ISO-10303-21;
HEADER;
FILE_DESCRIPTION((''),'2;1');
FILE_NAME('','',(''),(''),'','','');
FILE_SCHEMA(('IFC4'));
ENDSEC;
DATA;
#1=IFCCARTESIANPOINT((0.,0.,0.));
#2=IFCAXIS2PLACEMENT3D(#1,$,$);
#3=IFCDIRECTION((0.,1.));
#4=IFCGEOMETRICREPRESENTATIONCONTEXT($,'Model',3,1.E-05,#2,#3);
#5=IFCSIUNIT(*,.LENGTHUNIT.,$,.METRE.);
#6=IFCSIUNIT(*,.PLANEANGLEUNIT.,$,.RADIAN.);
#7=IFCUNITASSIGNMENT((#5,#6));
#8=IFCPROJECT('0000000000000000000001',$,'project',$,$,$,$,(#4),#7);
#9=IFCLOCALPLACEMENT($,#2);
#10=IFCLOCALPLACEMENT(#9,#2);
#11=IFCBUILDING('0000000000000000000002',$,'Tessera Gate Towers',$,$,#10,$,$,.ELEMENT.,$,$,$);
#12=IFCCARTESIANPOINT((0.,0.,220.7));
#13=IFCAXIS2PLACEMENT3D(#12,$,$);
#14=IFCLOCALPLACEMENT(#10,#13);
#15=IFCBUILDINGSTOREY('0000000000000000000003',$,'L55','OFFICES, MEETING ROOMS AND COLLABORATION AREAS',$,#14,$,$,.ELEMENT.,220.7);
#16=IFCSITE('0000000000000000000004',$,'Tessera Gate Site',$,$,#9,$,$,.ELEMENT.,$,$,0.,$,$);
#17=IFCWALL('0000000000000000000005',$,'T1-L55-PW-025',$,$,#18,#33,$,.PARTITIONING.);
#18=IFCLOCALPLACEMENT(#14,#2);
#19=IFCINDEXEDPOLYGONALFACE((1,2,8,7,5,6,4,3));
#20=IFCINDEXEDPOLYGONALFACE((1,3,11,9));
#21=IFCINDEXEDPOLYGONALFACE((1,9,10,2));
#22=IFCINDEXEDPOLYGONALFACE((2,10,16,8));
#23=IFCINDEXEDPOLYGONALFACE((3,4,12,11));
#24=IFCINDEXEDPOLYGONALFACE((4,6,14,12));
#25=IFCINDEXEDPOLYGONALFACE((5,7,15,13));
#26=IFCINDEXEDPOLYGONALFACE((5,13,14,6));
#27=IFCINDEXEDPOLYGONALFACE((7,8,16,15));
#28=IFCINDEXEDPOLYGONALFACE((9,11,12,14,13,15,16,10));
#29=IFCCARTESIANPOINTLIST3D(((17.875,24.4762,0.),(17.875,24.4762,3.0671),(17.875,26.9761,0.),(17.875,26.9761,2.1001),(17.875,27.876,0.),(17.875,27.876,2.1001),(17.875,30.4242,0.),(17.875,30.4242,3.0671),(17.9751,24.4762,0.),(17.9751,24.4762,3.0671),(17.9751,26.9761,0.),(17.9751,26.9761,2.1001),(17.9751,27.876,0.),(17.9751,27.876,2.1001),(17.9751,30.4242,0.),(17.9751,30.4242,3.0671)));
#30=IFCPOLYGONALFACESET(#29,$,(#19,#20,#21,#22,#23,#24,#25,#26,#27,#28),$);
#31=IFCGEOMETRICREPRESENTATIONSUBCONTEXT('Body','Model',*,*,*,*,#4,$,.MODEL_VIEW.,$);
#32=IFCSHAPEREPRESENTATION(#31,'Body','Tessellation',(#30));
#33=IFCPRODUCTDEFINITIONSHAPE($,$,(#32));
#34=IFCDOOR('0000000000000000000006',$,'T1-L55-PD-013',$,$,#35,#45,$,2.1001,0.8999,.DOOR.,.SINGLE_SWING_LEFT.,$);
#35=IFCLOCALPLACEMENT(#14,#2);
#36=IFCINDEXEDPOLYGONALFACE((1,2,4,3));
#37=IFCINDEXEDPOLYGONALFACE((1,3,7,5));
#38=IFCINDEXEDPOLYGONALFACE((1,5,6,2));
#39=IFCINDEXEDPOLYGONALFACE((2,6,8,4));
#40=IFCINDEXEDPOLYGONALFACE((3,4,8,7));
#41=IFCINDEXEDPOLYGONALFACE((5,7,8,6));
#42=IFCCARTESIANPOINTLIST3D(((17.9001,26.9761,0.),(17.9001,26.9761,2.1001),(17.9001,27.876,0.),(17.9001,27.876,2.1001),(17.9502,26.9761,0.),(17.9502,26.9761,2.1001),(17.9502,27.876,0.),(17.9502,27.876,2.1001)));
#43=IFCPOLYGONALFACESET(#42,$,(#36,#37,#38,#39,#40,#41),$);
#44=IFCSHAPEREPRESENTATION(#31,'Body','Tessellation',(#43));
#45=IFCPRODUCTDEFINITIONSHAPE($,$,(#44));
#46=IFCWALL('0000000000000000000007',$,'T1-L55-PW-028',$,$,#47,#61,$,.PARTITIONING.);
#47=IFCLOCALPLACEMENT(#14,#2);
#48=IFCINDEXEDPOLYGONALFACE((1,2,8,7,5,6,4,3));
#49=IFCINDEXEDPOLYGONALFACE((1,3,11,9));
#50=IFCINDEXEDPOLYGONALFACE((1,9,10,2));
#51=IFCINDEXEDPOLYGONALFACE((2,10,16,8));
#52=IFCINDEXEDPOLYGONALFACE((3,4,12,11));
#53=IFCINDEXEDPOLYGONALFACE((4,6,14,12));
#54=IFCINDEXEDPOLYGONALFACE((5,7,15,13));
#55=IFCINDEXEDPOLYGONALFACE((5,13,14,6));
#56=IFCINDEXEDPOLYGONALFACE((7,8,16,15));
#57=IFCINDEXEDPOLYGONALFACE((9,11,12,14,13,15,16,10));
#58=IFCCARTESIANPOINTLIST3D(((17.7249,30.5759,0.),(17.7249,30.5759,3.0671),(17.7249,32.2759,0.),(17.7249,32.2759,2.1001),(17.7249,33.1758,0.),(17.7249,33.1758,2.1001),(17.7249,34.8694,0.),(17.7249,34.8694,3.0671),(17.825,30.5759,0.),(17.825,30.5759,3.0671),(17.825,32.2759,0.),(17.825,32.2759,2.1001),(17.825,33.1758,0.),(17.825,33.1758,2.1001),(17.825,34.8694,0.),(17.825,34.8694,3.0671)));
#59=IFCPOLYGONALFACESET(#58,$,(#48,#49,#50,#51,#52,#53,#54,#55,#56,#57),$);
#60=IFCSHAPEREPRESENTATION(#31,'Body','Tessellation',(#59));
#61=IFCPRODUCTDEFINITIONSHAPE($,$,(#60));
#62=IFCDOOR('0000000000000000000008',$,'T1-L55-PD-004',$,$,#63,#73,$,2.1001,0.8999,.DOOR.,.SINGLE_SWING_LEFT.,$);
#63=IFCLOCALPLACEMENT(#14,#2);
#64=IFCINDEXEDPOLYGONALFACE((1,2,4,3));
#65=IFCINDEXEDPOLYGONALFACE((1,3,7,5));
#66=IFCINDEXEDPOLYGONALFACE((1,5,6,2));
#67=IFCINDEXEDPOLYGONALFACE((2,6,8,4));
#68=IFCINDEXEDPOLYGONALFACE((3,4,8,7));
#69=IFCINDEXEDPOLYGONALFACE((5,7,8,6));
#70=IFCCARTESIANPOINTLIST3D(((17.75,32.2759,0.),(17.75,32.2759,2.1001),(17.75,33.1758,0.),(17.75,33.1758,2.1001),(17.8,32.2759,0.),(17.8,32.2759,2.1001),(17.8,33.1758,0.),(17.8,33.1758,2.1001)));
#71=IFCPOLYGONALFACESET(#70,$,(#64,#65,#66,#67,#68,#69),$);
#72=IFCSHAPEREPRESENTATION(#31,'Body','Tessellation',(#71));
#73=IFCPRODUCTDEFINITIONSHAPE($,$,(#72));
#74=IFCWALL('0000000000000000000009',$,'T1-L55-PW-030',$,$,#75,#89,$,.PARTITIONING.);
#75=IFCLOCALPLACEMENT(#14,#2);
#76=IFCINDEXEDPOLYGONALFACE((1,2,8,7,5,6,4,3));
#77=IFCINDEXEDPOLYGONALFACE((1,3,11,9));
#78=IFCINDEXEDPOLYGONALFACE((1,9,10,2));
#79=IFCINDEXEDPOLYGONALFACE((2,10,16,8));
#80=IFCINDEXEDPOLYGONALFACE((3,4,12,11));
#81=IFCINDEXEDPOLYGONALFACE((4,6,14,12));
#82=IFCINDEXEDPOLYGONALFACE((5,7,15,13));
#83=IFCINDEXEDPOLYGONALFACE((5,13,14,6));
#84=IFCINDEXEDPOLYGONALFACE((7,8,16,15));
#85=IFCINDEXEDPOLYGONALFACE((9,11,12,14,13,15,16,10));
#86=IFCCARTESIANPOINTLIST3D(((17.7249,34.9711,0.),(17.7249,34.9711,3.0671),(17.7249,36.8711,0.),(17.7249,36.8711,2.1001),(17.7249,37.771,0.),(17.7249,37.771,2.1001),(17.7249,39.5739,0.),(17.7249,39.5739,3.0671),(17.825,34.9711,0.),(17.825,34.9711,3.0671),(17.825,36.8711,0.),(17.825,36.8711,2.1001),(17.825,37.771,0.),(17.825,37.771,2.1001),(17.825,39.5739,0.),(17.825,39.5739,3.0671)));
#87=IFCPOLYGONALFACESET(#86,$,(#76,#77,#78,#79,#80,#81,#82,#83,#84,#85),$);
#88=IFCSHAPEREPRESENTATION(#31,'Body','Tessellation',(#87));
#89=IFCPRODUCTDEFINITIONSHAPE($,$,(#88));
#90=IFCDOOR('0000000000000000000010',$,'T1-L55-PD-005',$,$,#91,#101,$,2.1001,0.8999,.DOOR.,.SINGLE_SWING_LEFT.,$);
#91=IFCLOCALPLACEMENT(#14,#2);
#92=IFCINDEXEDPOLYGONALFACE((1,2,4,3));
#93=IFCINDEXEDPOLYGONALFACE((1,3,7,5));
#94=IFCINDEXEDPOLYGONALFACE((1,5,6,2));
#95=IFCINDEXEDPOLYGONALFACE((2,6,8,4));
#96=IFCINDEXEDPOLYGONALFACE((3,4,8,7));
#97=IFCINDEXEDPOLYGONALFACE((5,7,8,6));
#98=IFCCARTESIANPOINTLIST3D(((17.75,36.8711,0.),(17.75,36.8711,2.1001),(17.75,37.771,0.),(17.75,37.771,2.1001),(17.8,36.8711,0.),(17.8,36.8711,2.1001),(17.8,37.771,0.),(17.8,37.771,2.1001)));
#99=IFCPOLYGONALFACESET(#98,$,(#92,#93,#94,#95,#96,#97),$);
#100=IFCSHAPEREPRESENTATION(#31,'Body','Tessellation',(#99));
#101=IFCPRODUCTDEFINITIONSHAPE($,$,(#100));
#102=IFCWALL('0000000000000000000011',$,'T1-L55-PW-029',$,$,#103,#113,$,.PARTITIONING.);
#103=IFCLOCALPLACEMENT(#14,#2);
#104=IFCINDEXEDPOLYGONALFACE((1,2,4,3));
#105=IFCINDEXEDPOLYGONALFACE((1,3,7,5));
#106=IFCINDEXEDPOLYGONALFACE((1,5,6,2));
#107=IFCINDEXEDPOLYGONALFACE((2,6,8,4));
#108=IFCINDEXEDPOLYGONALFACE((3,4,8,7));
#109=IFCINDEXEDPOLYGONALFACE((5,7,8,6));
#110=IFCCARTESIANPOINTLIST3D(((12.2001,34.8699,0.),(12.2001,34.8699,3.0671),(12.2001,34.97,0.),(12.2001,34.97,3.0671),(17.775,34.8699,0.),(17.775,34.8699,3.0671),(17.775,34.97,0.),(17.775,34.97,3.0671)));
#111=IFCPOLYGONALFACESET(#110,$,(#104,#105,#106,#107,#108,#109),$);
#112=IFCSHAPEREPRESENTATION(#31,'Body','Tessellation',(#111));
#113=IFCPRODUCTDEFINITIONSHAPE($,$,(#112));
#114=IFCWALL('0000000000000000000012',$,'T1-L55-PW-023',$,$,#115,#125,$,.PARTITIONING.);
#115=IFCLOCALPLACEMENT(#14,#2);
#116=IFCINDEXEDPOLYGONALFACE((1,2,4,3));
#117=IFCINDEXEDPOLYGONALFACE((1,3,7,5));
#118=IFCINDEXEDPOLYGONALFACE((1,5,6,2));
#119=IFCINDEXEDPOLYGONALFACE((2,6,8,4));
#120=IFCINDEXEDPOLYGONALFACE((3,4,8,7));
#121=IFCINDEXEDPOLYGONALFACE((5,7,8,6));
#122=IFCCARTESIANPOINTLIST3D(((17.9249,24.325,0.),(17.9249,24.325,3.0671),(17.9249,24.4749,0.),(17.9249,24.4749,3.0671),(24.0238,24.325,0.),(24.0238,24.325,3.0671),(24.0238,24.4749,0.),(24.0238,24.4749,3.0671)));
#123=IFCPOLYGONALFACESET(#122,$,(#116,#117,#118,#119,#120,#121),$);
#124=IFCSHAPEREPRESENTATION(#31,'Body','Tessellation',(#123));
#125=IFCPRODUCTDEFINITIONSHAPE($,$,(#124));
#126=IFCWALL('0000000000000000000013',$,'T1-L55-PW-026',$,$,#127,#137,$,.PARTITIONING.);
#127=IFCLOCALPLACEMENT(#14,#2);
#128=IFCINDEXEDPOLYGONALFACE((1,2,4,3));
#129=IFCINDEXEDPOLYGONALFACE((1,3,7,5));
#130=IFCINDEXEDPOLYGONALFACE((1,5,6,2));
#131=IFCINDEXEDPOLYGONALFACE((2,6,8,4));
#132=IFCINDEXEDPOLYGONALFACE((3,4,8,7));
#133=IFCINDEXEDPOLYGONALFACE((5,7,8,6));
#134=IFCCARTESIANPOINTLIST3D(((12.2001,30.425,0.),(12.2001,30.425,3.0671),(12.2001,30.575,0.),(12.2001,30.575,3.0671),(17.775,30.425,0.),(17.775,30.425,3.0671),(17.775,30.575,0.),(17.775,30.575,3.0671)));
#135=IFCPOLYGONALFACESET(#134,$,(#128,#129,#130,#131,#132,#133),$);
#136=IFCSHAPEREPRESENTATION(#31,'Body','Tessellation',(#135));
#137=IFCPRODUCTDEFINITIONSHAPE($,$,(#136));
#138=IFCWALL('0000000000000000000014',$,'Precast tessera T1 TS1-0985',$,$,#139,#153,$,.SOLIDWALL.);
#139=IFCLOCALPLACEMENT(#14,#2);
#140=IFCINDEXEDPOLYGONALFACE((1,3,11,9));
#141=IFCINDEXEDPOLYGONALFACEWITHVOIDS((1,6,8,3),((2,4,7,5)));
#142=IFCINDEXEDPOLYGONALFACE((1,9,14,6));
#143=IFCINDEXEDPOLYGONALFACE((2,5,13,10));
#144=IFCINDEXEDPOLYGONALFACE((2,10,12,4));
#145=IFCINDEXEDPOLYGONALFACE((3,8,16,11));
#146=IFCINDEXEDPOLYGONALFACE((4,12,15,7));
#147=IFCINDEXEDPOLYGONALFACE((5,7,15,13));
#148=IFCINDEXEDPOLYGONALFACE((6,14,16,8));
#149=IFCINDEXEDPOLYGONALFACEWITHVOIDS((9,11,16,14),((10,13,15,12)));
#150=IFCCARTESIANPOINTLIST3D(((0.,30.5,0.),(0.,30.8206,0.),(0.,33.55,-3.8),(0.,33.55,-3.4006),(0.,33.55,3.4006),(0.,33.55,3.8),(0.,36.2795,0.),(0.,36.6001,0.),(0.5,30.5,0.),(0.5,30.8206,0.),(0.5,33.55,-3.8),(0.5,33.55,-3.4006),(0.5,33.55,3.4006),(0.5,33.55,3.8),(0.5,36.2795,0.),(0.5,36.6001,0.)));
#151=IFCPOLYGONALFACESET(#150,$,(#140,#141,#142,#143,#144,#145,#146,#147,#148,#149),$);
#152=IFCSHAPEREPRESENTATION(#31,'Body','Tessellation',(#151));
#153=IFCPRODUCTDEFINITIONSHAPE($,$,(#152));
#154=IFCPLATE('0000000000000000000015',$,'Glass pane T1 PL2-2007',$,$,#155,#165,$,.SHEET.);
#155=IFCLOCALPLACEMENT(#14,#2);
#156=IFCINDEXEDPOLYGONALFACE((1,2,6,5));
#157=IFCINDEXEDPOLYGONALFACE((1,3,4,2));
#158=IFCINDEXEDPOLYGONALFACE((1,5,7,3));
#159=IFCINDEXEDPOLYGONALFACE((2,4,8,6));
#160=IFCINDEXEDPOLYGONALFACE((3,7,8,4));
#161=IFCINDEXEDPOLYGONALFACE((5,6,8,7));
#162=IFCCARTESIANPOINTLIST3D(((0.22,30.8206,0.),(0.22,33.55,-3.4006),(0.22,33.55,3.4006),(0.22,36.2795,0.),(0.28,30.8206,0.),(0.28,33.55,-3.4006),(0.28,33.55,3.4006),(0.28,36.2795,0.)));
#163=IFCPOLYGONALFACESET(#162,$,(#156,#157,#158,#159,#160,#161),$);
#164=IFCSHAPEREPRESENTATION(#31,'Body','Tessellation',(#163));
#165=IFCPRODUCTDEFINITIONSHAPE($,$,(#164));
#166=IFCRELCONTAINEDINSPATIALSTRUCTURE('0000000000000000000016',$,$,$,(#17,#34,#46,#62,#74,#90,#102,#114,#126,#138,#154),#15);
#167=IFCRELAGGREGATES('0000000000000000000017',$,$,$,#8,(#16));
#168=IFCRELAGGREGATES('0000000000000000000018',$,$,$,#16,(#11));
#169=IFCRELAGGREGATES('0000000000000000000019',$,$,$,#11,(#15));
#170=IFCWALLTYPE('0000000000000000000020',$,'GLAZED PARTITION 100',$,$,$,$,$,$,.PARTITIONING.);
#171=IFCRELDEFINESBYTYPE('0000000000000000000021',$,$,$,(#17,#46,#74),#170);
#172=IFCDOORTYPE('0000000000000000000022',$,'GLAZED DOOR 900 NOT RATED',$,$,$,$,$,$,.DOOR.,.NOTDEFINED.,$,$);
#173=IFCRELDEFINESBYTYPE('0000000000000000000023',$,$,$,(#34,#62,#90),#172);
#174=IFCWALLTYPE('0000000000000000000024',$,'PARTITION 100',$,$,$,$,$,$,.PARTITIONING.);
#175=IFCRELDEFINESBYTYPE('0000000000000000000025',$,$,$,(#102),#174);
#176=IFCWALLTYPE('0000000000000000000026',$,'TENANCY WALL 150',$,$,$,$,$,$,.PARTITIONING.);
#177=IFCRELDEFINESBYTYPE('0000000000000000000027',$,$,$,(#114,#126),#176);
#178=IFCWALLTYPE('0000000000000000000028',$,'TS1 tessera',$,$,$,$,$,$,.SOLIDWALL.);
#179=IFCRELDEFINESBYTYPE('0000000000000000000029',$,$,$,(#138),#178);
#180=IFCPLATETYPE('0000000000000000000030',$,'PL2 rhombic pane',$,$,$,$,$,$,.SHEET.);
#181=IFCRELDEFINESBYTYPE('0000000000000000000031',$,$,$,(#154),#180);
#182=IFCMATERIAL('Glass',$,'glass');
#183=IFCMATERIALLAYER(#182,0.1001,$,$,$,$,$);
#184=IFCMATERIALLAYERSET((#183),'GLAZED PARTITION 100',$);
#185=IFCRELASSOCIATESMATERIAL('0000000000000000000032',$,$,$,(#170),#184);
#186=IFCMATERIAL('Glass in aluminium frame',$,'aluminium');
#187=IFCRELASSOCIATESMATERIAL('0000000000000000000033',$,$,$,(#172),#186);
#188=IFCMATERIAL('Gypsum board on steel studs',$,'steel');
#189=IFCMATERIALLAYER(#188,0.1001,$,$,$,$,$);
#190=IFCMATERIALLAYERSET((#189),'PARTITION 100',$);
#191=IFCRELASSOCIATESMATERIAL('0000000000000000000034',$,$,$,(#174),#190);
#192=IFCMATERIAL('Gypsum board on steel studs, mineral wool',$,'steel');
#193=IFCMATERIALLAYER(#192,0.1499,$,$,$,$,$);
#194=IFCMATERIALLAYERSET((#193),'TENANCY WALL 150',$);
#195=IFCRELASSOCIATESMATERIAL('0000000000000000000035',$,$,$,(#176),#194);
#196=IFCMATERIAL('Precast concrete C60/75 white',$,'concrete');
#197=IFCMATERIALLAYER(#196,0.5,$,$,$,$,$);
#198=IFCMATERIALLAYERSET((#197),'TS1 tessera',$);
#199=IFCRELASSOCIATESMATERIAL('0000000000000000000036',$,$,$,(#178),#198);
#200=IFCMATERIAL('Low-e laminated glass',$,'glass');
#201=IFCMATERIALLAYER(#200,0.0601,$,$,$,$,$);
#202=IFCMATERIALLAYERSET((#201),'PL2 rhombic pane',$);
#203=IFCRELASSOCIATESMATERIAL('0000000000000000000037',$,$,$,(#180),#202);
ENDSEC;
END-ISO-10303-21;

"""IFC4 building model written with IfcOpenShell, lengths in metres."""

from ifc_helpers import new_model, si_unit, direction, frame, frame_2d, origin, place, context, subcontext, project, spatial, polyline, rectangle, outline, extrude, source, transform, mapped, material, layer, layer_set, type_object, element, fill, save


model = new_model("IFC4")

# Units and contexts
model_context = context("Model", 3, precision=1e-05, world=origin(), true_north=direction((0.0, 1.0)))
body_context = subcontext(model_context, "Body", "Model", "MODEL_VIEW")
ifc_project = project(units=[si_unit("LENGTHUNIT", "METRE"), si_unit("PLANEANGLEUNIT", "RADIAN")], contexts=[model_context])

# Site, building, storey
site_placement = place(None, origin())
site = spatial("IfcSite", under=ifc_project, at=site_placement, Name="Tessera Gate Site", CompositionType="ELEMENT", RefElevation=0.0)
building_placement = place(site_placement, origin())
building = spatial("IfcBuilding", under=site, at=building_placement, Name="Tessera Gate Towers", CompositionType="ELEMENT")
storey_placement = place(building_placement, frame((0.0, 0.0, 220.7)))
storey = spatial("IfcBuildingStorey", under=building, at=storey_placement, Name="L55", Description="OFFICES, MEETING ROOMS AND COLLABORATION AREAS", CompositionType="ELEMENT", Elevation=220.7)

# Shared definitions
ifc_material_1 = material(Name="Glass", Category="glass")
ifc_layer_1 = layer(ifc_material_1, 0.1001)
ifc_layer_set_1 = layer_set([ifc_layer_1], Name="GLAZED PARTITION 100")
wall_type_1 = type_object("IfcWallType", Name="GLAZED PARTITION 100", PredefinedType="PARTITIONING", material=ifc_layer_set_1)
shared_shape_1 = source(origin(), body_context, "Body", "SweptSolid", [
    extrude(rectangle(XDim=0.8999, YDim=2.1001, at=frame_2d((0.45, 1.05))), frame((0.0, 0.0601, 0.0), z_axis=(0.0, -1.0, 0.0), x_axis=(1.0, 0.0, 0.0)), (0.0, 0.0, 1.0), 0.1201),
])
ifc_material_2 = material(Name="Glass in aluminium frame", Category="aluminium")
door_type = type_object("IfcDoorType", Name="GLAZED DOOR 900 NOT RATED", OperationType="NOTDEFINED", PredefinedType="DOOR", material=ifc_material_2)
shared_shape_2 = source(origin(), body_context, "Body", "SweptSolid", [
    extrude(rectangle(XDim=0.8999, YDim=2.1001, at=frame_2d((0.45, 1.05))), frame((0.0, 0.0249, 0.0), z_axis=(0.0, -1.0, 0.0), x_axis=(1.0, 0.0, 0.0)), (0.0, 0.0, 1.0), 0.05),
])

# Walls, openings, doors
wall_1_placement = place(storey_placement, frame((17.925, 24.4761, 0.0), z_axis=(0.0, 0.0, 1.0), x_axis=(0.0, 1.0, 0.0)))
wall_1 = element("IfcWall", 1, at=wall_1_placement, inside=storey, type_object=wall_type_1, Name="T1-L55-PW-025", PredefinedType="PARTITIONING", context=body_context, shape_type="SweptSolid", body=[
    extrude(rectangle(XDim=5.948, YDim=0.1001, at=frame_2d((2.9741, 0.0))), origin(), (0.0, 0.0, 1.0), 3.0671),
])
opening_1_placement = place(wall_1_placement, frame((2.5, 0.0, 0.0)))
opening_1 = element("IfcOpeningElement", 2, at=opening_1_placement, cuts=wall_1, PredefinedType="OPENING", context=body_context, shape_type="MappedRepresentation", body=[
    mapped(shared_shape_1, transform((0.0, 0.0, 0.0), scale=1.0)),
])
door_1_placement = place(opening_1_placement, origin())
door_1 = element("IfcDoor", 3, at=door_1_placement, inside=storey, type_object=door_type, Name="T1-L55-PD-013", OperationType="SINGLE_SWING_LEFT", OverallHeight=2.1001, OverallWidth=0.8999, PredefinedType="DOOR", context=body_context, shape_type="MappedRepresentation", body=[
    mapped(shared_shape_2, transform((0.0, 0.0, 0.0), scale=1.0)),
])
fill(opening_1, door_1)
wall_2_placement = place(storey_placement, frame((17.7749, 30.5759, 0.0), z_axis=(0.0, 0.0, 1.0), x_axis=(0.0, 1.0, 0.0)))
wall_2 = element("IfcWall", 4, at=wall_2_placement, inside=storey, type_object=wall_type_1, Name="T1-L55-PW-028", PredefinedType="PARTITIONING", context=body_context, shape_type="SweptSolid", body=[
    extrude(rectangle(XDim=4.2935, YDim=0.1001, at=frame_2d((2.1467, 0.0))), origin(), (0.0, 0.0, 1.0), 3.0671),
])
opening_2_placement = place(wall_2_placement, frame((1.7, 0.0, 0.0)))
opening_2 = element("IfcOpeningElement", 5, at=opening_2_placement, cuts=wall_2, PredefinedType="OPENING", context=body_context, shape_type="MappedRepresentation", body=[
    mapped(shared_shape_1, transform((0.0, 0.0, 0.0), scale=1.0)),
])
door_2_placement = place(opening_2_placement, origin())
door_2 = element("IfcDoor", 6, at=door_2_placement, inside=storey, type_object=door_type, Name="T1-L55-PD-004", OperationType="SINGLE_SWING_LEFT", OverallHeight=2.1001, OverallWidth=0.8999, PredefinedType="DOOR", context=body_context, shape_type="MappedRepresentation", body=[
    mapped(shared_shape_2, transform((0.0, 0.0, 0.0), scale=1.0)),
])
fill(opening_2, door_2)
wall_3_placement = place(storey_placement, frame((17.7749, 34.9712, 0.0), z_axis=(0.0, 0.0, 1.0), x_axis=(0.0, 1.0, 0.0)))
wall_3 = element("IfcWall", 7, at=wall_3_placement, inside=storey, type_object=wall_type_1, Name="T1-L55-PW-030", PredefinedType="PARTITIONING", context=body_context, shape_type="SweptSolid", body=[
    extrude(rectangle(XDim=4.6028, YDim=0.1001, at=frame_2d((2.3013, 0.0))), origin(), (0.0, 0.0, 1.0), 3.0671),
])
opening_3_placement = place(wall_3_placement, frame((1.8999, 0.0, 0.0)))
opening_3 = element("IfcOpeningElement", 8, at=opening_3_placement, cuts=wall_3, PredefinedType="OPENING", context=body_context, shape_type="MappedRepresentation", body=[
    mapped(shared_shape_1, transform((0.0, 0.0, 0.0), scale=1.0)),
])
door_3_placement = place(opening_3_placement, origin())
door_3 = element("IfcDoor", 9, at=door_3_placement, inside=storey, type_object=door_type, Name="T1-L55-PD-005", OperationType="SINGLE_SWING_LEFT", OverallHeight=2.1001, OverallWidth=0.8999, PredefinedType="DOOR", context=body_context, shape_type="MappedRepresentation", body=[
    mapped(shared_shape_2, transform((0.0, 0.0, 0.0), scale=1.0)),
])
fill(opening_3, door_3)

# Walls
ifc_material_3 = material(Name="Gypsum board on steel studs", Category="steel")
ifc_layer_2 = layer(ifc_material_3, 0.1001)
ifc_layer_set_2 = layer_set([ifc_layer_2], Name="PARTITION 100")
wall_type_2 = type_object("IfcWallType", Name="PARTITION 100", PredefinedType="PARTITIONING", material=ifc_layer_set_2)
wall_4_placement = place(storey_placement, frame((12.2, 34.9199, 0.0), z_axis=(0.0, 0.0, 1.0), x_axis=(1.0, 0.0, 0.0)))
element("IfcWall", 10, at=wall_4_placement, inside=storey, type_object=wall_type_2, Name="T1-L55-PW-029", PredefinedType="PARTITIONING", context=body_context, shape_type="SweptSolid", body=[
    extrude(rectangle(XDim=5.575, YDim=0.1001, at=frame_2d((2.7876, 0.0))), origin(), (0.0, 0.0, 1.0), 3.0671),
])
ifc_material_4 = material(Name="Gypsum board on steel studs, mineral wool", Category="steel")
ifc_layer_3 = layer(ifc_material_4, 0.1499)
ifc_layer_set_3 = layer_set([ifc_layer_3], Name="TENANCY WALL 150")
wall_type_3 = type_object("IfcWallType", Name="TENANCY WALL 150", PredefinedType="PARTITIONING", material=ifc_layer_set_3)
wall_5_placement = place(storey_placement, frame((17.925, 24.3999, 0.0), z_axis=(0.0, 0.0, 1.0), x_axis=(1.0, 0.0, 0.0)))
element("IfcWall", 11, at=wall_5_placement, inside=storey, type_object=wall_type_3, Name="T1-L55-PW-023", PredefinedType="PARTITIONING", context=body_context, shape_type="SweptSolid", body=[
    extrude(rectangle(XDim=6.0989, YDim=0.1499, at=frame_2d((3.0493, 0.0))), origin(), (0.0, 0.0, 1.0), 3.0671),
])
wall_6_placement = place(storey_placement, frame((12.2, 30.5, 0.0), z_axis=(0.0, 0.0, 1.0), x_axis=(1.0, 0.0, 0.0)))
element("IfcWall", 12, at=wall_6_placement, inside=storey, type_object=wall_type_3, Name="T1-L55-PW-026", PredefinedType="PARTITIONING", context=body_context, shape_type="SweptSolid", body=[
    extrude(rectangle(XDim=5.575, YDim=0.1499, at=frame_2d((2.7876, 0.0))), origin(), (0.0, 0.0, 1.0), 3.0671),
])

# Wall, opening, plate
ifc_material_5 = material(Name="Precast concrete C60/75 white", Category="concrete")
ifc_layer_4 = layer(ifc_material_5, 0.5)
ifc_layer_set_4 = layer_set([ifc_layer_4], Name="TS1 tessera")
wall_type_4 = type_object("IfcWallType", Name="TS1 tessera", PredefinedType="SOLIDWALL", material=ifc_layer_set_4)
shared_shape_3 = source(origin(), body_context, "Body", "SweptSolid", [
    extrude(outline(polyline([(3.05, 0.0), (6.1001, 3.8), (3.05, 7.6001), (0.0, 3.8), (3.05, 0.0)])), frame((0.0, 0.25, 0.0), z_axis=(0.0, -1.0, 0.0), x_axis=(1.0, 0.0, 0.0)), (0.0, 0.0, 1.0), 0.5),
])
wall_7_placement = place(storey_placement, frame((0.25, 36.6001, -3.8), z_axis=(0.0, 0.0, 1.0), x_axis=(0.0, -1.0, 0.0)))
wall_7 = element("IfcWall", 13, at=wall_7_placement, inside=storey, type_object=wall_type_4, Name="Precast tessera T1 TS1-0985", PredefinedType="SOLIDWALL", context=body_context, shape_type="MappedRepresentation", body=[
    mapped(shared_shape_3, transform((0.0, 0.0, 0.0), scale=1.0)),
])
shared_shape_4 = source(origin(), body_context, "Body", "SweptSolid", [
    extrude(outline(polyline([(3.05, 0.3994), (5.7795, 3.8), (3.05, 7.2007), (0.3206, 3.8), (3.05, 0.3994)])), frame((0.0, 0.26, 0.0), z_axis=(0.0, -1.0, 0.0), x_axis=(1.0, 0.0, 0.0)), (0.0, 0.0, 1.0), 0.52),
])
opening_4_placement = place(wall_7_placement, origin())
opening_4 = element("IfcOpeningElement", 14, at=opening_4_placement, cuts=wall_7, PredefinedType="OPENING", context=body_context, shape_type="MappedRepresentation", body=[
    mapped(shared_shape_4, transform((0.0, 0.0, 0.0), scale=1.0)),
])
ifc_material_6 = material(Name="Low-e laminated glass", Category="glass")
ifc_layer_5 = layer(ifc_material_6, 0.0601)
ifc_layer_set_5 = layer_set([ifc_layer_5], Name="PL2 rhombic pane")
plate_type = type_object("IfcPlateType", Name="PL2 rhombic pane", PredefinedType="SHEET", material=ifc_layer_set_5)
shared_shape_5 = source(origin(), body_context, "Body", "SweptSolid", [
    extrude(outline(polyline([(3.05, 0.3994), (5.7795, 3.8), (3.05, 7.2007), (0.3206, 3.8), (3.05, 0.3994)])), frame((0.0, 0.03, 0.0), z_axis=(0.0, -1.0, 0.0), x_axis=(1.0, 0.0, 0.0)), (0.0, 0.0, 1.0), 0.0601),
])
plate_placement = place(opening_4_placement, origin())
plate = element("IfcPlate", 15, at=plate_placement, inside=storey, type_object=plate_type, Name="Glass pane T1 PL2-2007", PredefinedType="SHEET", context=body_context, shape_type="MappedRepresentation", body=[
    mapped(shared_shape_5, transform((0.0, 0.0, 0.0), scale=1.0)),
])
fill(opening_4, plate)

save(model, "model.ifc")
